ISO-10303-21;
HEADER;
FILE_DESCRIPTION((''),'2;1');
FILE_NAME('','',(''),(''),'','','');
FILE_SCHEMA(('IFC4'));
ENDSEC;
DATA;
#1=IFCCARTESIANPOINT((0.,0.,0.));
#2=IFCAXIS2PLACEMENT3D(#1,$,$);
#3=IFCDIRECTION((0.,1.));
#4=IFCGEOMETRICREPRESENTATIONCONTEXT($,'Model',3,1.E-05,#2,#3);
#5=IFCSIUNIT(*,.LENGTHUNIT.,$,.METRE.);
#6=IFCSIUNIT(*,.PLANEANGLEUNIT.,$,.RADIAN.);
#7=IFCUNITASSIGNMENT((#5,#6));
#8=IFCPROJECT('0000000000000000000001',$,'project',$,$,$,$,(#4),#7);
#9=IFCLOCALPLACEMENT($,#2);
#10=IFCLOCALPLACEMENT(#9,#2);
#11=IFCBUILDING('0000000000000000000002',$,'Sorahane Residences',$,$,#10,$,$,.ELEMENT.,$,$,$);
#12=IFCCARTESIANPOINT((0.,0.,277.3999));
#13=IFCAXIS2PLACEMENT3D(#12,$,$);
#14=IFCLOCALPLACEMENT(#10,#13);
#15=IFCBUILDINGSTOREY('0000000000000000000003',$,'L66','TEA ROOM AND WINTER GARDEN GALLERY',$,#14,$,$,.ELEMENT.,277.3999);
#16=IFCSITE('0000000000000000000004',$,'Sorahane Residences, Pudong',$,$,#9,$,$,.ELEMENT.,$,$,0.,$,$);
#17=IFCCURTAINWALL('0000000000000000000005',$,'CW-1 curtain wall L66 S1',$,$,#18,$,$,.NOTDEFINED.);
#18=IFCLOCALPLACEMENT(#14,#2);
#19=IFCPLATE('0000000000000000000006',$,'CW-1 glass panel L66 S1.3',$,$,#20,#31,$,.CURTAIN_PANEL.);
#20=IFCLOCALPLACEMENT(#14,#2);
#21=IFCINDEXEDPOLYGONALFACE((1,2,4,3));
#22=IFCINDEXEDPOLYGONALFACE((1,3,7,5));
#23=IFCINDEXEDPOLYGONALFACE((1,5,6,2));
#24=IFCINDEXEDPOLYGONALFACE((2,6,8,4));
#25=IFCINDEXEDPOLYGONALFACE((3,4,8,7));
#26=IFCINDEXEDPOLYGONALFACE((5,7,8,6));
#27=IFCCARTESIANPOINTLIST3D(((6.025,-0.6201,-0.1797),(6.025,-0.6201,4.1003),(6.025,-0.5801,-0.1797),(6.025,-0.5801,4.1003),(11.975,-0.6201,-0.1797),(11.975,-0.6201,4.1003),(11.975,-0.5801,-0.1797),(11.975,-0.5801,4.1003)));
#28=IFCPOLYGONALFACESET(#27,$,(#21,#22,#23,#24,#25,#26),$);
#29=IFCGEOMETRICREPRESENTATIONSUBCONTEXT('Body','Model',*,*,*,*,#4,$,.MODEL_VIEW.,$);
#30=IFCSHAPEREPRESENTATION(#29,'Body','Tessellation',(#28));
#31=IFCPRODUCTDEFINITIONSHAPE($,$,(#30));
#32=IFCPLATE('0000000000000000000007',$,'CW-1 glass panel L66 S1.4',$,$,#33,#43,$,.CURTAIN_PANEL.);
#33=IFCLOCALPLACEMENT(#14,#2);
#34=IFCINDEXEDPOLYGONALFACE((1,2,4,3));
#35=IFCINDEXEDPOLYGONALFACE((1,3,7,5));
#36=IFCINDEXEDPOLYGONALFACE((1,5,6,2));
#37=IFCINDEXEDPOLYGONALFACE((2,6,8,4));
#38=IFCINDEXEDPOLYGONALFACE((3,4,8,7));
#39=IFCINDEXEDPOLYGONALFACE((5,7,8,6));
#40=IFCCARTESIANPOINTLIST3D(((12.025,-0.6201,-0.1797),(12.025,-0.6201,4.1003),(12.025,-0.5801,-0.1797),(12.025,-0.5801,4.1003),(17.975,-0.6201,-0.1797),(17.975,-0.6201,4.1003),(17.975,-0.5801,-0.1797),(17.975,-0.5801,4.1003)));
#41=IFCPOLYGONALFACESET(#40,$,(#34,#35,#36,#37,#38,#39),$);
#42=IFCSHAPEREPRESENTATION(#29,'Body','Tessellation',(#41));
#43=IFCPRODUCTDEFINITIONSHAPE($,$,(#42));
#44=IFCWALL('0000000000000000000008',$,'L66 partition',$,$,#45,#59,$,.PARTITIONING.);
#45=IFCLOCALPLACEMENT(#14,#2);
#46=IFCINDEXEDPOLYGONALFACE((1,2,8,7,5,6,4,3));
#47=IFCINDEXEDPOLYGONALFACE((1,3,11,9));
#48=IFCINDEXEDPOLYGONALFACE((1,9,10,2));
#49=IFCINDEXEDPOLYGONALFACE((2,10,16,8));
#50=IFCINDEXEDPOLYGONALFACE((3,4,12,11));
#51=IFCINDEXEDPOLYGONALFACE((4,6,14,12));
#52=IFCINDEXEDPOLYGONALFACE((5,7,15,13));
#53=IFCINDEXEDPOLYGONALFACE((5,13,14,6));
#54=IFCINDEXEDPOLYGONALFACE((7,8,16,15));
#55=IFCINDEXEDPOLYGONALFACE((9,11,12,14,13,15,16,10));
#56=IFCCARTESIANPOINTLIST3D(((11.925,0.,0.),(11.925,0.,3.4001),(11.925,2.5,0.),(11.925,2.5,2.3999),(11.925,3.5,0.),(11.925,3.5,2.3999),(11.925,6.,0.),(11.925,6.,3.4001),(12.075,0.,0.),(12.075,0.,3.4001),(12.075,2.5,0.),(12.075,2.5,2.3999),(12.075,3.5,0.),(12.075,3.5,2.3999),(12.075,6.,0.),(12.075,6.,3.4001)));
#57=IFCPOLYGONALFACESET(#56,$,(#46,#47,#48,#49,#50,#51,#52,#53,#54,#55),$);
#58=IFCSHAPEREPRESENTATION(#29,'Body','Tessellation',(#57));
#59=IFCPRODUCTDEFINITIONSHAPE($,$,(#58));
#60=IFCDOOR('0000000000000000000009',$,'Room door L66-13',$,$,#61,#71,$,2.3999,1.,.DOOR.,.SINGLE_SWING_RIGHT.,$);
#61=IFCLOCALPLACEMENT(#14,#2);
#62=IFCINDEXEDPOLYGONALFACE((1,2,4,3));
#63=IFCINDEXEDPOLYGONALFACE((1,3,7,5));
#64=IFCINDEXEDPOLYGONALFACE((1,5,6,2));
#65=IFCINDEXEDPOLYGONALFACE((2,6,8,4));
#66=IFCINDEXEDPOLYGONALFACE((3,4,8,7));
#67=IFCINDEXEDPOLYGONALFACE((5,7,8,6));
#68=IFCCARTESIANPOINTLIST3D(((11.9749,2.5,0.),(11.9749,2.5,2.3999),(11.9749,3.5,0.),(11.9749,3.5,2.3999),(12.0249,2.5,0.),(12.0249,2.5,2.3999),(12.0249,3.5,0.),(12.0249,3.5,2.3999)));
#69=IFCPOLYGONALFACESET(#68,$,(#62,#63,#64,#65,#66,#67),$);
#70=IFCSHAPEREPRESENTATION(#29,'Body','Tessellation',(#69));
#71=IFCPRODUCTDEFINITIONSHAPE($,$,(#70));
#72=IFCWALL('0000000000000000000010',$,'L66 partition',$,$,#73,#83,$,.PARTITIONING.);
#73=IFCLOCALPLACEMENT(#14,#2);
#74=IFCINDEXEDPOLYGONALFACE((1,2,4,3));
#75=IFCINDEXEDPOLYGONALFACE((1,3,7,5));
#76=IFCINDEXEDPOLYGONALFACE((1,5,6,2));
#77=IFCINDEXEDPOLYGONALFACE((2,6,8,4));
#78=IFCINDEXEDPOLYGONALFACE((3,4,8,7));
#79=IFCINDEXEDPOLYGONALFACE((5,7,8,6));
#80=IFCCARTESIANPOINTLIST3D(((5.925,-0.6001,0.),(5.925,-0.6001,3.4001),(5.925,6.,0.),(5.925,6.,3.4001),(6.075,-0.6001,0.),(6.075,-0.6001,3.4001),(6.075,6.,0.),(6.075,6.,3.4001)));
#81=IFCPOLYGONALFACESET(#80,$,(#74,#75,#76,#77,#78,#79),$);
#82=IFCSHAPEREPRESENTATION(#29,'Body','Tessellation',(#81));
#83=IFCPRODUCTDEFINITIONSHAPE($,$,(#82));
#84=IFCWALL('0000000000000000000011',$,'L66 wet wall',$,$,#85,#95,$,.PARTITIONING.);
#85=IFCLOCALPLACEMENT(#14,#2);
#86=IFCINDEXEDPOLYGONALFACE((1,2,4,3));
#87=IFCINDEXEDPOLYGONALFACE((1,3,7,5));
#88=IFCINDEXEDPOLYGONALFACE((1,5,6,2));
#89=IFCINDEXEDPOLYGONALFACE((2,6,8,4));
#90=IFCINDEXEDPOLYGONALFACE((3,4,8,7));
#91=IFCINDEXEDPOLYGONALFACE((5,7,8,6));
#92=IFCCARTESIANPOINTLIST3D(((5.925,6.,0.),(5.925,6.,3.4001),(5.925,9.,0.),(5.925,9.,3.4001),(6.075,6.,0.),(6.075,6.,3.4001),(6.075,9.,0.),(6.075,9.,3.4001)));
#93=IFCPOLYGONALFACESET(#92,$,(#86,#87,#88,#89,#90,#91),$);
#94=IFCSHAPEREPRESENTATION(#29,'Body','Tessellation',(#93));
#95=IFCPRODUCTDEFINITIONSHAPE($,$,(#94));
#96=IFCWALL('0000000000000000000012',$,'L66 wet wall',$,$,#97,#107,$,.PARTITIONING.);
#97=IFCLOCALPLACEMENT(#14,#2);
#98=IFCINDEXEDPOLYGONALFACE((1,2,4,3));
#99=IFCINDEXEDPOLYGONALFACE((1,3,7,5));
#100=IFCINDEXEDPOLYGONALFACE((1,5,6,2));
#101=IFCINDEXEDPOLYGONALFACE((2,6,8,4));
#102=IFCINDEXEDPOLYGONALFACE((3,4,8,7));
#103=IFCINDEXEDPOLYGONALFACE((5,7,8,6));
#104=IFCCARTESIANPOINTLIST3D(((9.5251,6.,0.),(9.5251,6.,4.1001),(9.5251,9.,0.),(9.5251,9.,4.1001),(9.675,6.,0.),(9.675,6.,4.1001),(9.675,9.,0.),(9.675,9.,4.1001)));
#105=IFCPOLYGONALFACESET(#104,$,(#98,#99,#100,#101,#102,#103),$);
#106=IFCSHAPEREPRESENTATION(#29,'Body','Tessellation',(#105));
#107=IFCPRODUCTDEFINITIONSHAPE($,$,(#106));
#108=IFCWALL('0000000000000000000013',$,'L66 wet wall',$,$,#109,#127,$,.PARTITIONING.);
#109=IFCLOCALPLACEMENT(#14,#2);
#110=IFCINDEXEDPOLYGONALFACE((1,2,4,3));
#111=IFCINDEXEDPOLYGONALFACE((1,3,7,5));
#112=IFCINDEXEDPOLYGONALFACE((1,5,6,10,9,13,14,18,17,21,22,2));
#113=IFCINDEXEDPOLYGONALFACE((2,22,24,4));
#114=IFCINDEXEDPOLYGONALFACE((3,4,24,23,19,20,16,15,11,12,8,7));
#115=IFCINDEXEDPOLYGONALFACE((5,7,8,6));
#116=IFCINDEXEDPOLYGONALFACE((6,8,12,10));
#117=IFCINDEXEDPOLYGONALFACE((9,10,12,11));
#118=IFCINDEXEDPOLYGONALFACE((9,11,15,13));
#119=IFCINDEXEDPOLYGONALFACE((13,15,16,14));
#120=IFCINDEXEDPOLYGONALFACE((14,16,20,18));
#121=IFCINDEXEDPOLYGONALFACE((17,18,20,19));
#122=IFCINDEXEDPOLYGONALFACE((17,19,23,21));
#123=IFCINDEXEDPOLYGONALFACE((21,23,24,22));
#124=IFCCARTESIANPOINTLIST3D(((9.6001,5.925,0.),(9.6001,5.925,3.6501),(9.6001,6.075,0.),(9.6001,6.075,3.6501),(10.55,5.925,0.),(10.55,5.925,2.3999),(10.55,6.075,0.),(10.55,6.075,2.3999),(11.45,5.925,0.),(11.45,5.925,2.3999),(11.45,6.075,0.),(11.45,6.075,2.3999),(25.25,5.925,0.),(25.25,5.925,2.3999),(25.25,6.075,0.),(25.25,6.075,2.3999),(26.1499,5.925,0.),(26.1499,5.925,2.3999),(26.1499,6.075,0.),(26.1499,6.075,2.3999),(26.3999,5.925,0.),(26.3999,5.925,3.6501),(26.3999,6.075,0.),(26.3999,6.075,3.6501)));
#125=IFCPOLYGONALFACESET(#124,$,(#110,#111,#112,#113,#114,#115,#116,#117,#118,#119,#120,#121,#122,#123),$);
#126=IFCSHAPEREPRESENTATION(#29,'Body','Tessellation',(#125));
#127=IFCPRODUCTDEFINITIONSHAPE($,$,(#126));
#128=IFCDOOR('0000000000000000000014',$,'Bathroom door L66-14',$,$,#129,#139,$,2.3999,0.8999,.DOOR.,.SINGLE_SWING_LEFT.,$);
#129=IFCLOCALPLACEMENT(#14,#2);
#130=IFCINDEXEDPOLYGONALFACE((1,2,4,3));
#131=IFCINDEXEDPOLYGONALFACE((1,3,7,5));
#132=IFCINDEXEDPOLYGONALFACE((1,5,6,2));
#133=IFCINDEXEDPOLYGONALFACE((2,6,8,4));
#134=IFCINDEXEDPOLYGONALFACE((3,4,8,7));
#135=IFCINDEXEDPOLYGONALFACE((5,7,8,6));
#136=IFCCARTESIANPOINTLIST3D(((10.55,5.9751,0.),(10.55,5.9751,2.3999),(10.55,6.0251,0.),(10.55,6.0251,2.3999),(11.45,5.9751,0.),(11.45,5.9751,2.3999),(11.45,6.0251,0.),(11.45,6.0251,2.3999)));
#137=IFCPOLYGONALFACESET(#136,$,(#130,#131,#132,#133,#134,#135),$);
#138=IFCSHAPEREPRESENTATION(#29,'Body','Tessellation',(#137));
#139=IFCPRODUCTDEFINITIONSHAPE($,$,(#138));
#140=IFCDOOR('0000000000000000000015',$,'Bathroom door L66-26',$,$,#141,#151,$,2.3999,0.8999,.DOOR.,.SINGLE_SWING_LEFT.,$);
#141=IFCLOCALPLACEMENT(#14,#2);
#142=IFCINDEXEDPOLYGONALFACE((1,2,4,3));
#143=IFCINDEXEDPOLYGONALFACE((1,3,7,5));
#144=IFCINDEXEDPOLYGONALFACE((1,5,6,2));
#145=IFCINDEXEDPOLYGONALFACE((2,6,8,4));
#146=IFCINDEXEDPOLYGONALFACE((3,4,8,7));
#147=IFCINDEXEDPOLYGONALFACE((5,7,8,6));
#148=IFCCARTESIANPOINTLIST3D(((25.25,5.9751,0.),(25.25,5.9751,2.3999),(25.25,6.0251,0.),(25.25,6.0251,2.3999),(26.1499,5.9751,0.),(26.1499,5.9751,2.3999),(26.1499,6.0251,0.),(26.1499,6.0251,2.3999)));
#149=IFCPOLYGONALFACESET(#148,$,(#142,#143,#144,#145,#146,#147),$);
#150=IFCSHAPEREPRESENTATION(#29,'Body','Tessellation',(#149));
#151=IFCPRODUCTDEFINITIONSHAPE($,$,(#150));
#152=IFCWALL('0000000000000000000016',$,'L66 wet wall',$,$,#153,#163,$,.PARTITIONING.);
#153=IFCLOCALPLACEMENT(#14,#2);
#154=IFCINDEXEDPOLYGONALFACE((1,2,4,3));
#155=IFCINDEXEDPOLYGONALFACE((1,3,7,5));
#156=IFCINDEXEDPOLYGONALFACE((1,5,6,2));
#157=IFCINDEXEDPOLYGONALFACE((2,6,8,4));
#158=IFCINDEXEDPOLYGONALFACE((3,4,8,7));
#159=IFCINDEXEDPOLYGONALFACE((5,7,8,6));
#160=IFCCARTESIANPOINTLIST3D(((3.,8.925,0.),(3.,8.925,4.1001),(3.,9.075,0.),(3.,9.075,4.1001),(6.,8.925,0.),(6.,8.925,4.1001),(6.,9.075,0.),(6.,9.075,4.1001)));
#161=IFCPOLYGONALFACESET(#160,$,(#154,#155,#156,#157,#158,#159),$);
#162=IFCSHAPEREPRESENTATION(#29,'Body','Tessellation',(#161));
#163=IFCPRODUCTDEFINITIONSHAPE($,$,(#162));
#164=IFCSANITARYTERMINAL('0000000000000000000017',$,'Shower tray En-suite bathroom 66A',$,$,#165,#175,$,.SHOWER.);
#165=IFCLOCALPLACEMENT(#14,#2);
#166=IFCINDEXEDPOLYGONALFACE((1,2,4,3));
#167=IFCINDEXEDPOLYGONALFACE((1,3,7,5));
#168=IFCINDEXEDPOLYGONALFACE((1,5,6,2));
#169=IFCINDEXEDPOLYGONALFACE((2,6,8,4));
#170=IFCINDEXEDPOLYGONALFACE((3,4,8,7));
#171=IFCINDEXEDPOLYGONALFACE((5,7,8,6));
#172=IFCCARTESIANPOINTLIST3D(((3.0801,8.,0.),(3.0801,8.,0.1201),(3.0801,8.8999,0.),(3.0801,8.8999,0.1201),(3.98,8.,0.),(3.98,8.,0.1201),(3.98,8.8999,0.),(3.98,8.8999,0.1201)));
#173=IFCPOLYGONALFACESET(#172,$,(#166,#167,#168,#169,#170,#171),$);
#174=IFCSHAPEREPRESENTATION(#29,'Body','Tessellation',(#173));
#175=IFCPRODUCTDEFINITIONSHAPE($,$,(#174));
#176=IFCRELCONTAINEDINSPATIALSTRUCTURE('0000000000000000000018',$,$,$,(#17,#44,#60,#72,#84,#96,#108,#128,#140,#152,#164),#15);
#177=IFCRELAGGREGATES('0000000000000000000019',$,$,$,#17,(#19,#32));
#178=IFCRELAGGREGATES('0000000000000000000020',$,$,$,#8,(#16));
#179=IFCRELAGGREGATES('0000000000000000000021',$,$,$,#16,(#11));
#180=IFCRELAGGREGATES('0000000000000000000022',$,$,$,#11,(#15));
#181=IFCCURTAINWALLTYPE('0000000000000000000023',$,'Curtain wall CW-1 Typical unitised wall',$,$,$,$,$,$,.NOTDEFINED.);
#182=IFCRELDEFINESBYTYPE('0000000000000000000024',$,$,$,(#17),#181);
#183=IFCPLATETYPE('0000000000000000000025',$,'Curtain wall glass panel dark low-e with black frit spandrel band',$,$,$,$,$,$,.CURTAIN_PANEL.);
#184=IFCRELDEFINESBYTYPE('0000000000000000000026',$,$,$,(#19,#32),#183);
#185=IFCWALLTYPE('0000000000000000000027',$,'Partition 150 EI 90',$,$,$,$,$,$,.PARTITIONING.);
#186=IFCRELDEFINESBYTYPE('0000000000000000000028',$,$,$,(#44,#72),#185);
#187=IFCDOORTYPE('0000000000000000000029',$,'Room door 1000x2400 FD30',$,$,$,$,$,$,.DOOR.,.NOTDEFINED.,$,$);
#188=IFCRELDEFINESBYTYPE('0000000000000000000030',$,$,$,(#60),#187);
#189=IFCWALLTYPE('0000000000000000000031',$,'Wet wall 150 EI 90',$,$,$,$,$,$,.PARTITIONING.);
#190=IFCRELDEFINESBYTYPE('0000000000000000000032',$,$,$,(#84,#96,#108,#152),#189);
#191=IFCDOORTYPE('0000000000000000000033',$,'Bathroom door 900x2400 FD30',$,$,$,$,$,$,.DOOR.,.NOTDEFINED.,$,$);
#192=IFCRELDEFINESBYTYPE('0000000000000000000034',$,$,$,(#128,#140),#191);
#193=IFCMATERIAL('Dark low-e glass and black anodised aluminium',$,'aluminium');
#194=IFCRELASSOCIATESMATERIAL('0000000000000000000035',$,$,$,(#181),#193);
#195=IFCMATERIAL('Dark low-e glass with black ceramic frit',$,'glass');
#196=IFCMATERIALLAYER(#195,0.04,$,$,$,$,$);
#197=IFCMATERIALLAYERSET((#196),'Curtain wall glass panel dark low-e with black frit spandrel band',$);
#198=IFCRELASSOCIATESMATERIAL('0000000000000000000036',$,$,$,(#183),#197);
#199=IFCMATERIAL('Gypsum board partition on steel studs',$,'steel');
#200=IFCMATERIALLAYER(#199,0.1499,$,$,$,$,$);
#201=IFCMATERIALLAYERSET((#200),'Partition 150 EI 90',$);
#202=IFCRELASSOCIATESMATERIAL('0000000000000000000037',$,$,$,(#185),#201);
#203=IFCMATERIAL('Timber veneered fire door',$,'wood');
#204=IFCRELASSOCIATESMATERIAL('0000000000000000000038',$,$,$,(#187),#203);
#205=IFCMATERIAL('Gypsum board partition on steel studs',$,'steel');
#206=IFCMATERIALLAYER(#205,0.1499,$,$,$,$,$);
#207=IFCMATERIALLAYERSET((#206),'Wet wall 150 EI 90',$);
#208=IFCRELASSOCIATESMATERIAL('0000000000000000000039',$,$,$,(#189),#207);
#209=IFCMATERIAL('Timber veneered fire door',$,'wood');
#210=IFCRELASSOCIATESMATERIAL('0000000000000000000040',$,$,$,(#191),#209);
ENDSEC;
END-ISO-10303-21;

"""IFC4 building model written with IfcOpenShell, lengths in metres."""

from ifc_helpers import new_model, si_unit, direction, frame, frame_2d, origin, origin_2d, place, context, subcontext, project, spatial, rectangle, extrude, material, layer, layer_set, type_object, element, fill, aggregate, save


model = new_model("IFC4")

# Units and contexts
model_context = context("Model", 3, precision=1e-05, world=origin(), true_north=direction((0.0, 1.0)))
body_context = subcontext(model_context, "Body", "Model", "MODEL_VIEW")
ifc_project = project(units=[si_unit("LENGTHUNIT", "METRE"), si_unit("PLANEANGLEUNIT", "RADIAN")], contexts=[model_context])

# Site, building, storey
site_placement = place(None, origin())
site = spatial("IfcSite", under=ifc_project, at=site_placement, Name="Sorahane Residences, Pudong", CompositionType="ELEMENT", RefElevation=0.0)
building_placement = place(site_placement, origin())
building = spatial("IfcBuilding", under=site, at=building_placement, Name="Sorahane Residences", CompositionType="ELEMENT")
storey_placement = place(building_placement, frame((0.0, 0.0, 277.3999)))
storey = spatial("IfcBuildingStorey", under=building, at=storey_placement, Name="L66", Description="TEA ROOM AND WINTER GARDEN GALLERY", CompositionType="ELEMENT", Elevation=277.3999)

# Curtain wall
ifc_material_1 = material(Name="Dark low-e glass and black anodised aluminium", Category="aluminium")
curtain_wall_type = type_object("IfcCurtainWallType", Name="Curtain wall CW-1 Typical unitised wall", PredefinedType="NOTDEFINED", material=ifc_material_1)
curtain_wall_placement = place(storey_placement, origin())
curtain_wall = element("IfcCurtainWall", 1, at=curtain_wall_placement, inside=storey, type_object=curtain_wall_type, Name="CW-1 curtain wall L66 S1", PredefinedType="NOTDEFINED")

# Plates
ifc_material_2 = material(Name="Dark low-e glass with black ceramic frit", Category="glass")
ifc_layer_1 = layer(ifc_material_2, 0.04)
ifc_layer_set_1 = layer_set([ifc_layer_1], Name="Curtain wall glass panel dark low-e with black frit spandrel band")
plate_type = type_object("IfcPlateType", Name="Curtain wall glass panel dark low-e with black frit spandrel band", PredefinedType="CURTAIN_PANEL", material=ifc_layer_set_1)
plate_1_placement = place(storey_placement, frame((9.0, -0.6001, -0.1797), z_axis=(0.0, 0.0, 1.0), x_axis=(1.0, 0.0, 0.0)))
plate_1 = element("IfcPlate", 2, at=plate_1_placement, type_object=plate_type, Name="CW-1 glass panel L66 S1.3", PredefinedType="CURTAIN_PANEL", context=body_context, shape_type="SweptSolid", body=[
    extrude(rectangle(XDim=5.95, YDim=0.04, at=origin_2d()), origin(), (0.0, 0.0, 1.0), 4.28),
])
plate_2_placement = place(storey_placement, frame((15.0, -0.6001, -0.1797), z_axis=(0.0, 0.0, 1.0), x_axis=(1.0, 0.0, 0.0)))
plate_2 = element("IfcPlate", 3, at=plate_2_placement, type_object=plate_type, Name="CW-1 glass panel L66 S1.4", PredefinedType="CURTAIN_PANEL", context=body_context, shape_type="SweptSolid", body=[
    extrude(rectangle(XDim=5.95, YDim=0.04, at=origin_2d()), origin(), (0.0, 0.0, 1.0), 4.28),
])
aggregate(curtain_wall, [plate_1, plate_2])

# Wall, opening, door
ifc_material_3 = material(Name="Gypsum board partition on steel studs", Category="steel")
ifc_layer_2 = layer(ifc_material_3, 0.1499)
ifc_layer_set_2 = layer_set([ifc_layer_2], Name="Partition 150 EI 90")
wall_type_1 = type_object("IfcWallType", Name="Partition 150 EI 90", PredefinedType="PARTITIONING", material=ifc_layer_set_2)
wall_1_placement = place(storey_placement, frame((12.0, 0.0, 0.0), z_axis=(0.0, 0.0, 1.0), x_axis=(0.0, 1.0, 0.0)))
wall_1 = element("IfcWall", 4, at=wall_1_placement, inside=storey, type_object=wall_type_1, Name="L66 partition", PredefinedType="PARTITIONING", context=body_context, shape_type="SweptSolid", body=[
    extrude(rectangle(XDim=6.0, YDim=0.1499, at=frame_2d((3.0, 0.0))), origin(), (0.0, 0.0, 1.0), 3.4001),
])
opening_1_placement = place(wall_1_placement, frame((2.5, 0.0, 0.0)))
opening_1 = element("IfcOpeningElement", 5, at=opening_1_placement, cuts=wall_1, PredefinedType="OPENING", context=body_context, shape_type="SweptSolid", body=[
    extrude(rectangle(XDim=1.0, YDim=2.3999, at=frame_2d((0.5, 1.2))), frame((0.0, 0.085, 0.0), z_axis=(0.0, -1.0, 0.0), x_axis=(1.0, 0.0, 0.0)), (0.0, 0.0, 1.0), 0.1699),
])
ifc_material_4 = material(Name="Timber veneered fire door", Category="wood")
door_type_1 = type_object("IfcDoorType", Name="Room door 1000x2400 FD30", OperationType="NOTDEFINED", PredefinedType="DOOR", material=ifc_material_4)
door_1_placement = place(opening_1_placement, frame((1.0, 0.0, 0.0), z_axis=(0.0, 0.0, 1.0), x_axis=(-1.0, 0.0, 0.0)))
door_1 = element("IfcDoor", 6, at=door_1_placement, inside=storey, type_object=door_type_1, Name="Room door L66-13", OperationType="SINGLE_SWING_RIGHT", OverallHeight=2.3999, OverallWidth=1.0, PredefinedType="DOOR", context=body_context, shape_type="SweptSolid", body=[
    extrude(rectangle(XDim=1.0, YDim=2.3999, at=frame_2d((0.5, 1.2))), frame((0.0, 0.0249, 0.0), z_axis=(0.0, -1.0, 0.0), x_axis=(1.0, 0.0, 0.0)), (0.0, 0.0, 1.0), 0.05),
])
fill(opening_1, door_1)

# Wall
wall_2_placement = place(storey_placement, frame((6.0, -0.6001, 0.0), z_axis=(0.0, 0.0, 1.0), x_axis=(0.0, 1.0, 0.0)))
element("IfcWall", 7, at=wall_2_placement, inside=storey, type_object=wall_type_1, Name="L66 partition", PredefinedType="PARTITIONING", context=body_context, shape_type="SweptSolid", body=[
    extrude(rectangle(XDim=6.6001, YDim=0.1499, at=frame_2d((3.3, 0.0))), origin(), (0.0, 0.0, 1.0), 3.4001),
])

# Walls
ifc_material_5 = material(Name="Gypsum board partition on steel studs", Category="steel")
ifc_layer_3 = layer(ifc_material_5, 0.1499)
ifc_layer_set_3 = layer_set([ifc_layer_3], Name="Wet wall 150 EI 90")
wall_type_2 = type_object("IfcWallType", Name="Wet wall 150 EI 90", PredefinedType="PARTITIONING", material=ifc_layer_set_3)
wall_3_placement = place(storey_placement, frame((6.0, 6.0, 0.0), z_axis=(0.0, 0.0, 1.0), x_axis=(0.0, 1.0, 0.0)))
element("IfcWall", 8, at=wall_3_placement, inside=storey, type_object=wall_type_2, Name="L66 wet wall", PredefinedType="PARTITIONING", context=body_context, shape_type="SweptSolid", body=[
    extrude(rectangle(XDim=3.0, YDim=0.1499, at=frame_2d((1.5, 0.0))), origin(), (0.0, 0.0, 1.0), 3.4001),
])
wall_4_placement = place(storey_placement, frame((9.6001, 6.0, 0.0), z_axis=(0.0, 0.0, 1.0), x_axis=(0.0, 1.0, 0.0)))
element("IfcWall", 9, at=wall_4_placement, inside=storey, type_object=wall_type_2, Name="L66 wet wall", PredefinedType="PARTITIONING", context=body_context, shape_type="SweptSolid", body=[
    extrude(rectangle(XDim=3.0, YDim=0.1499, at=frame_2d((1.5, 0.0))), origin(), (0.0, 0.0, 1.0), 4.1001),
])

# Shared definitions
ifc_material_6 = material(Name="Timber veneered fire door", Category="wood")
door_type_2 = type_object("IfcDoorType", Name="Bathroom door 900x2400 FD30", OperationType="NOTDEFINED", PredefinedType="DOOR", material=ifc_material_6)

# Wall, openings, doors
wall_5_placement = place(storey_placement, frame((9.6001, 6.0, 0.0), z_axis=(0.0, 0.0, 1.0), x_axis=(1.0, 0.0, 0.0)))
wall_5 = element("IfcWall", 10, at=wall_5_placement, inside=storey, type_object=wall_type_2, Name="L66 wet wall", PredefinedType="PARTITIONING", context=body_context, shape_type="SweptSolid", body=[
    extrude(rectangle(XDim=16.7998, YDim=0.1499, at=frame_2d((8.3999, 0.0))), origin(), (0.0, 0.0, 1.0), 3.6501),
])
opening_2_placement = place(wall_5_placement, frame((0.95, 0.0, 0.0)))
opening_2 = element("IfcOpeningElement", 11, at=opening_2_placement, cuts=wall_5, PredefinedType="OPENING", context=body_context, shape_type="SweptSolid", body=[
    extrude(rectangle(XDim=0.8999, YDim=2.3999, at=frame_2d((0.45, 1.2))), frame((0.0, 0.085, 0.0), z_axis=(0.0, -1.0, 0.0), x_axis=(1.0, 0.0, 0.0)), (0.0, 0.0, 1.0), 0.1699),
])
opening_3_placement = place(wall_5_placement, frame((15.6499, 0.0, 0.0)))
opening_3 = element("IfcOpeningElement", 12, at=opening_3_placement, cuts=wall_5, PredefinedType="OPENING", context=body_context, shape_type="SweptSolid", body=[
    extrude(rectangle(XDim=0.8999, YDim=2.3999, at=frame_2d((0.45, 1.2))), frame((0.0, 0.085, 0.0), z_axis=(0.0, -1.0, 0.0), x_axis=(1.0, 0.0, 0.0)), (0.0, 0.0, 1.0), 0.1699),
])
door_2_placement = place(opening_2_placement, frame((0.8999, 0.0, 0.0), z_axis=(0.0, 0.0, 1.0), x_axis=(-1.0, 0.0, 0.0)))
door_2 = element("IfcDoor", 13, at=door_2_placement, inside=storey, type_object=door_type_2, Name="Bathroom door L66-14", OperationType="SINGLE_SWING_LEFT", OverallHeight=2.3999, OverallWidth=0.8999, PredefinedType="DOOR", context=body_context, shape_type="SweptSolid", body=[
    extrude(rectangle(XDim=0.8999, YDim=2.3999, at=frame_2d((0.45, 1.2))), frame((0.0, 0.0249, 0.0), z_axis=(0.0, -1.0, 0.0), x_axis=(1.0, 0.0, 0.0)), (0.0, 0.0, 1.0), 0.05),
])
fill(opening_2, door_2)
door_3_placement = place(opening_3_placement, frame((0.8999, 0.0, 0.0), z_axis=(0.0, 0.0, 1.0), x_axis=(-1.0, 0.0, 0.0)))
door_3 = element("IfcDoor", 14, at=door_3_placement, inside=storey, type_object=door_type_2, Name="Bathroom door L66-26", OperationType="SINGLE_SWING_LEFT", OverallHeight=2.3999, OverallWidth=0.8999, PredefinedType="DOOR", context=body_context, shape_type="SweptSolid", body=[
    extrude(rectangle(XDim=0.8999, YDim=2.3999, at=frame_2d((0.45, 1.2))), frame((0.0, 0.0249, 0.0), z_axis=(0.0, -1.0, 0.0), x_axis=(1.0, 0.0, 0.0)), (0.0, 0.0, 1.0), 0.05),
])
fill(opening_3, door_3)

# Wall
wall_6_placement = place(storey_placement, frame((3.0, 9.0, 0.0), z_axis=(0.0, 0.0, 1.0), x_axis=(1.0, 0.0, 0.0)))
element("IfcWall", 15, at=wall_6_placement, inside=storey, type_object=wall_type_2, Name="L66 wet wall", PredefinedType="PARTITIONING", context=body_context, shape_type="SweptSolid", body=[
    extrude(rectangle(XDim=3.0, YDim=0.1499, at=frame_2d((1.5, 0.0))), origin(), (0.0, 0.0, 1.0), 4.1001),
])

# Sanitary terminal
sanitary_terminal_1_placement = place(storey_placement, frame((3.53, 8.45, 0.0), z_axis=(0.0, 0.0, 1.0), x_axis=(1.0, 0.0, 0.0)))
element("IfcSanitaryTerminal", 16, at=sanitary_terminal_1_placement, inside=storey, Name="Shower tray En-suite bathroom 66A", PredefinedType="SHOWER", context=body_context, shape_type="SweptSolid", body=[
    extrude(rectangle(XDim=0.8999, YDim=0.8999, at=origin_2d()), origin(), (0.0, 0.0, 1.0), 0.1201),
])

save(model, "model.ifc")
